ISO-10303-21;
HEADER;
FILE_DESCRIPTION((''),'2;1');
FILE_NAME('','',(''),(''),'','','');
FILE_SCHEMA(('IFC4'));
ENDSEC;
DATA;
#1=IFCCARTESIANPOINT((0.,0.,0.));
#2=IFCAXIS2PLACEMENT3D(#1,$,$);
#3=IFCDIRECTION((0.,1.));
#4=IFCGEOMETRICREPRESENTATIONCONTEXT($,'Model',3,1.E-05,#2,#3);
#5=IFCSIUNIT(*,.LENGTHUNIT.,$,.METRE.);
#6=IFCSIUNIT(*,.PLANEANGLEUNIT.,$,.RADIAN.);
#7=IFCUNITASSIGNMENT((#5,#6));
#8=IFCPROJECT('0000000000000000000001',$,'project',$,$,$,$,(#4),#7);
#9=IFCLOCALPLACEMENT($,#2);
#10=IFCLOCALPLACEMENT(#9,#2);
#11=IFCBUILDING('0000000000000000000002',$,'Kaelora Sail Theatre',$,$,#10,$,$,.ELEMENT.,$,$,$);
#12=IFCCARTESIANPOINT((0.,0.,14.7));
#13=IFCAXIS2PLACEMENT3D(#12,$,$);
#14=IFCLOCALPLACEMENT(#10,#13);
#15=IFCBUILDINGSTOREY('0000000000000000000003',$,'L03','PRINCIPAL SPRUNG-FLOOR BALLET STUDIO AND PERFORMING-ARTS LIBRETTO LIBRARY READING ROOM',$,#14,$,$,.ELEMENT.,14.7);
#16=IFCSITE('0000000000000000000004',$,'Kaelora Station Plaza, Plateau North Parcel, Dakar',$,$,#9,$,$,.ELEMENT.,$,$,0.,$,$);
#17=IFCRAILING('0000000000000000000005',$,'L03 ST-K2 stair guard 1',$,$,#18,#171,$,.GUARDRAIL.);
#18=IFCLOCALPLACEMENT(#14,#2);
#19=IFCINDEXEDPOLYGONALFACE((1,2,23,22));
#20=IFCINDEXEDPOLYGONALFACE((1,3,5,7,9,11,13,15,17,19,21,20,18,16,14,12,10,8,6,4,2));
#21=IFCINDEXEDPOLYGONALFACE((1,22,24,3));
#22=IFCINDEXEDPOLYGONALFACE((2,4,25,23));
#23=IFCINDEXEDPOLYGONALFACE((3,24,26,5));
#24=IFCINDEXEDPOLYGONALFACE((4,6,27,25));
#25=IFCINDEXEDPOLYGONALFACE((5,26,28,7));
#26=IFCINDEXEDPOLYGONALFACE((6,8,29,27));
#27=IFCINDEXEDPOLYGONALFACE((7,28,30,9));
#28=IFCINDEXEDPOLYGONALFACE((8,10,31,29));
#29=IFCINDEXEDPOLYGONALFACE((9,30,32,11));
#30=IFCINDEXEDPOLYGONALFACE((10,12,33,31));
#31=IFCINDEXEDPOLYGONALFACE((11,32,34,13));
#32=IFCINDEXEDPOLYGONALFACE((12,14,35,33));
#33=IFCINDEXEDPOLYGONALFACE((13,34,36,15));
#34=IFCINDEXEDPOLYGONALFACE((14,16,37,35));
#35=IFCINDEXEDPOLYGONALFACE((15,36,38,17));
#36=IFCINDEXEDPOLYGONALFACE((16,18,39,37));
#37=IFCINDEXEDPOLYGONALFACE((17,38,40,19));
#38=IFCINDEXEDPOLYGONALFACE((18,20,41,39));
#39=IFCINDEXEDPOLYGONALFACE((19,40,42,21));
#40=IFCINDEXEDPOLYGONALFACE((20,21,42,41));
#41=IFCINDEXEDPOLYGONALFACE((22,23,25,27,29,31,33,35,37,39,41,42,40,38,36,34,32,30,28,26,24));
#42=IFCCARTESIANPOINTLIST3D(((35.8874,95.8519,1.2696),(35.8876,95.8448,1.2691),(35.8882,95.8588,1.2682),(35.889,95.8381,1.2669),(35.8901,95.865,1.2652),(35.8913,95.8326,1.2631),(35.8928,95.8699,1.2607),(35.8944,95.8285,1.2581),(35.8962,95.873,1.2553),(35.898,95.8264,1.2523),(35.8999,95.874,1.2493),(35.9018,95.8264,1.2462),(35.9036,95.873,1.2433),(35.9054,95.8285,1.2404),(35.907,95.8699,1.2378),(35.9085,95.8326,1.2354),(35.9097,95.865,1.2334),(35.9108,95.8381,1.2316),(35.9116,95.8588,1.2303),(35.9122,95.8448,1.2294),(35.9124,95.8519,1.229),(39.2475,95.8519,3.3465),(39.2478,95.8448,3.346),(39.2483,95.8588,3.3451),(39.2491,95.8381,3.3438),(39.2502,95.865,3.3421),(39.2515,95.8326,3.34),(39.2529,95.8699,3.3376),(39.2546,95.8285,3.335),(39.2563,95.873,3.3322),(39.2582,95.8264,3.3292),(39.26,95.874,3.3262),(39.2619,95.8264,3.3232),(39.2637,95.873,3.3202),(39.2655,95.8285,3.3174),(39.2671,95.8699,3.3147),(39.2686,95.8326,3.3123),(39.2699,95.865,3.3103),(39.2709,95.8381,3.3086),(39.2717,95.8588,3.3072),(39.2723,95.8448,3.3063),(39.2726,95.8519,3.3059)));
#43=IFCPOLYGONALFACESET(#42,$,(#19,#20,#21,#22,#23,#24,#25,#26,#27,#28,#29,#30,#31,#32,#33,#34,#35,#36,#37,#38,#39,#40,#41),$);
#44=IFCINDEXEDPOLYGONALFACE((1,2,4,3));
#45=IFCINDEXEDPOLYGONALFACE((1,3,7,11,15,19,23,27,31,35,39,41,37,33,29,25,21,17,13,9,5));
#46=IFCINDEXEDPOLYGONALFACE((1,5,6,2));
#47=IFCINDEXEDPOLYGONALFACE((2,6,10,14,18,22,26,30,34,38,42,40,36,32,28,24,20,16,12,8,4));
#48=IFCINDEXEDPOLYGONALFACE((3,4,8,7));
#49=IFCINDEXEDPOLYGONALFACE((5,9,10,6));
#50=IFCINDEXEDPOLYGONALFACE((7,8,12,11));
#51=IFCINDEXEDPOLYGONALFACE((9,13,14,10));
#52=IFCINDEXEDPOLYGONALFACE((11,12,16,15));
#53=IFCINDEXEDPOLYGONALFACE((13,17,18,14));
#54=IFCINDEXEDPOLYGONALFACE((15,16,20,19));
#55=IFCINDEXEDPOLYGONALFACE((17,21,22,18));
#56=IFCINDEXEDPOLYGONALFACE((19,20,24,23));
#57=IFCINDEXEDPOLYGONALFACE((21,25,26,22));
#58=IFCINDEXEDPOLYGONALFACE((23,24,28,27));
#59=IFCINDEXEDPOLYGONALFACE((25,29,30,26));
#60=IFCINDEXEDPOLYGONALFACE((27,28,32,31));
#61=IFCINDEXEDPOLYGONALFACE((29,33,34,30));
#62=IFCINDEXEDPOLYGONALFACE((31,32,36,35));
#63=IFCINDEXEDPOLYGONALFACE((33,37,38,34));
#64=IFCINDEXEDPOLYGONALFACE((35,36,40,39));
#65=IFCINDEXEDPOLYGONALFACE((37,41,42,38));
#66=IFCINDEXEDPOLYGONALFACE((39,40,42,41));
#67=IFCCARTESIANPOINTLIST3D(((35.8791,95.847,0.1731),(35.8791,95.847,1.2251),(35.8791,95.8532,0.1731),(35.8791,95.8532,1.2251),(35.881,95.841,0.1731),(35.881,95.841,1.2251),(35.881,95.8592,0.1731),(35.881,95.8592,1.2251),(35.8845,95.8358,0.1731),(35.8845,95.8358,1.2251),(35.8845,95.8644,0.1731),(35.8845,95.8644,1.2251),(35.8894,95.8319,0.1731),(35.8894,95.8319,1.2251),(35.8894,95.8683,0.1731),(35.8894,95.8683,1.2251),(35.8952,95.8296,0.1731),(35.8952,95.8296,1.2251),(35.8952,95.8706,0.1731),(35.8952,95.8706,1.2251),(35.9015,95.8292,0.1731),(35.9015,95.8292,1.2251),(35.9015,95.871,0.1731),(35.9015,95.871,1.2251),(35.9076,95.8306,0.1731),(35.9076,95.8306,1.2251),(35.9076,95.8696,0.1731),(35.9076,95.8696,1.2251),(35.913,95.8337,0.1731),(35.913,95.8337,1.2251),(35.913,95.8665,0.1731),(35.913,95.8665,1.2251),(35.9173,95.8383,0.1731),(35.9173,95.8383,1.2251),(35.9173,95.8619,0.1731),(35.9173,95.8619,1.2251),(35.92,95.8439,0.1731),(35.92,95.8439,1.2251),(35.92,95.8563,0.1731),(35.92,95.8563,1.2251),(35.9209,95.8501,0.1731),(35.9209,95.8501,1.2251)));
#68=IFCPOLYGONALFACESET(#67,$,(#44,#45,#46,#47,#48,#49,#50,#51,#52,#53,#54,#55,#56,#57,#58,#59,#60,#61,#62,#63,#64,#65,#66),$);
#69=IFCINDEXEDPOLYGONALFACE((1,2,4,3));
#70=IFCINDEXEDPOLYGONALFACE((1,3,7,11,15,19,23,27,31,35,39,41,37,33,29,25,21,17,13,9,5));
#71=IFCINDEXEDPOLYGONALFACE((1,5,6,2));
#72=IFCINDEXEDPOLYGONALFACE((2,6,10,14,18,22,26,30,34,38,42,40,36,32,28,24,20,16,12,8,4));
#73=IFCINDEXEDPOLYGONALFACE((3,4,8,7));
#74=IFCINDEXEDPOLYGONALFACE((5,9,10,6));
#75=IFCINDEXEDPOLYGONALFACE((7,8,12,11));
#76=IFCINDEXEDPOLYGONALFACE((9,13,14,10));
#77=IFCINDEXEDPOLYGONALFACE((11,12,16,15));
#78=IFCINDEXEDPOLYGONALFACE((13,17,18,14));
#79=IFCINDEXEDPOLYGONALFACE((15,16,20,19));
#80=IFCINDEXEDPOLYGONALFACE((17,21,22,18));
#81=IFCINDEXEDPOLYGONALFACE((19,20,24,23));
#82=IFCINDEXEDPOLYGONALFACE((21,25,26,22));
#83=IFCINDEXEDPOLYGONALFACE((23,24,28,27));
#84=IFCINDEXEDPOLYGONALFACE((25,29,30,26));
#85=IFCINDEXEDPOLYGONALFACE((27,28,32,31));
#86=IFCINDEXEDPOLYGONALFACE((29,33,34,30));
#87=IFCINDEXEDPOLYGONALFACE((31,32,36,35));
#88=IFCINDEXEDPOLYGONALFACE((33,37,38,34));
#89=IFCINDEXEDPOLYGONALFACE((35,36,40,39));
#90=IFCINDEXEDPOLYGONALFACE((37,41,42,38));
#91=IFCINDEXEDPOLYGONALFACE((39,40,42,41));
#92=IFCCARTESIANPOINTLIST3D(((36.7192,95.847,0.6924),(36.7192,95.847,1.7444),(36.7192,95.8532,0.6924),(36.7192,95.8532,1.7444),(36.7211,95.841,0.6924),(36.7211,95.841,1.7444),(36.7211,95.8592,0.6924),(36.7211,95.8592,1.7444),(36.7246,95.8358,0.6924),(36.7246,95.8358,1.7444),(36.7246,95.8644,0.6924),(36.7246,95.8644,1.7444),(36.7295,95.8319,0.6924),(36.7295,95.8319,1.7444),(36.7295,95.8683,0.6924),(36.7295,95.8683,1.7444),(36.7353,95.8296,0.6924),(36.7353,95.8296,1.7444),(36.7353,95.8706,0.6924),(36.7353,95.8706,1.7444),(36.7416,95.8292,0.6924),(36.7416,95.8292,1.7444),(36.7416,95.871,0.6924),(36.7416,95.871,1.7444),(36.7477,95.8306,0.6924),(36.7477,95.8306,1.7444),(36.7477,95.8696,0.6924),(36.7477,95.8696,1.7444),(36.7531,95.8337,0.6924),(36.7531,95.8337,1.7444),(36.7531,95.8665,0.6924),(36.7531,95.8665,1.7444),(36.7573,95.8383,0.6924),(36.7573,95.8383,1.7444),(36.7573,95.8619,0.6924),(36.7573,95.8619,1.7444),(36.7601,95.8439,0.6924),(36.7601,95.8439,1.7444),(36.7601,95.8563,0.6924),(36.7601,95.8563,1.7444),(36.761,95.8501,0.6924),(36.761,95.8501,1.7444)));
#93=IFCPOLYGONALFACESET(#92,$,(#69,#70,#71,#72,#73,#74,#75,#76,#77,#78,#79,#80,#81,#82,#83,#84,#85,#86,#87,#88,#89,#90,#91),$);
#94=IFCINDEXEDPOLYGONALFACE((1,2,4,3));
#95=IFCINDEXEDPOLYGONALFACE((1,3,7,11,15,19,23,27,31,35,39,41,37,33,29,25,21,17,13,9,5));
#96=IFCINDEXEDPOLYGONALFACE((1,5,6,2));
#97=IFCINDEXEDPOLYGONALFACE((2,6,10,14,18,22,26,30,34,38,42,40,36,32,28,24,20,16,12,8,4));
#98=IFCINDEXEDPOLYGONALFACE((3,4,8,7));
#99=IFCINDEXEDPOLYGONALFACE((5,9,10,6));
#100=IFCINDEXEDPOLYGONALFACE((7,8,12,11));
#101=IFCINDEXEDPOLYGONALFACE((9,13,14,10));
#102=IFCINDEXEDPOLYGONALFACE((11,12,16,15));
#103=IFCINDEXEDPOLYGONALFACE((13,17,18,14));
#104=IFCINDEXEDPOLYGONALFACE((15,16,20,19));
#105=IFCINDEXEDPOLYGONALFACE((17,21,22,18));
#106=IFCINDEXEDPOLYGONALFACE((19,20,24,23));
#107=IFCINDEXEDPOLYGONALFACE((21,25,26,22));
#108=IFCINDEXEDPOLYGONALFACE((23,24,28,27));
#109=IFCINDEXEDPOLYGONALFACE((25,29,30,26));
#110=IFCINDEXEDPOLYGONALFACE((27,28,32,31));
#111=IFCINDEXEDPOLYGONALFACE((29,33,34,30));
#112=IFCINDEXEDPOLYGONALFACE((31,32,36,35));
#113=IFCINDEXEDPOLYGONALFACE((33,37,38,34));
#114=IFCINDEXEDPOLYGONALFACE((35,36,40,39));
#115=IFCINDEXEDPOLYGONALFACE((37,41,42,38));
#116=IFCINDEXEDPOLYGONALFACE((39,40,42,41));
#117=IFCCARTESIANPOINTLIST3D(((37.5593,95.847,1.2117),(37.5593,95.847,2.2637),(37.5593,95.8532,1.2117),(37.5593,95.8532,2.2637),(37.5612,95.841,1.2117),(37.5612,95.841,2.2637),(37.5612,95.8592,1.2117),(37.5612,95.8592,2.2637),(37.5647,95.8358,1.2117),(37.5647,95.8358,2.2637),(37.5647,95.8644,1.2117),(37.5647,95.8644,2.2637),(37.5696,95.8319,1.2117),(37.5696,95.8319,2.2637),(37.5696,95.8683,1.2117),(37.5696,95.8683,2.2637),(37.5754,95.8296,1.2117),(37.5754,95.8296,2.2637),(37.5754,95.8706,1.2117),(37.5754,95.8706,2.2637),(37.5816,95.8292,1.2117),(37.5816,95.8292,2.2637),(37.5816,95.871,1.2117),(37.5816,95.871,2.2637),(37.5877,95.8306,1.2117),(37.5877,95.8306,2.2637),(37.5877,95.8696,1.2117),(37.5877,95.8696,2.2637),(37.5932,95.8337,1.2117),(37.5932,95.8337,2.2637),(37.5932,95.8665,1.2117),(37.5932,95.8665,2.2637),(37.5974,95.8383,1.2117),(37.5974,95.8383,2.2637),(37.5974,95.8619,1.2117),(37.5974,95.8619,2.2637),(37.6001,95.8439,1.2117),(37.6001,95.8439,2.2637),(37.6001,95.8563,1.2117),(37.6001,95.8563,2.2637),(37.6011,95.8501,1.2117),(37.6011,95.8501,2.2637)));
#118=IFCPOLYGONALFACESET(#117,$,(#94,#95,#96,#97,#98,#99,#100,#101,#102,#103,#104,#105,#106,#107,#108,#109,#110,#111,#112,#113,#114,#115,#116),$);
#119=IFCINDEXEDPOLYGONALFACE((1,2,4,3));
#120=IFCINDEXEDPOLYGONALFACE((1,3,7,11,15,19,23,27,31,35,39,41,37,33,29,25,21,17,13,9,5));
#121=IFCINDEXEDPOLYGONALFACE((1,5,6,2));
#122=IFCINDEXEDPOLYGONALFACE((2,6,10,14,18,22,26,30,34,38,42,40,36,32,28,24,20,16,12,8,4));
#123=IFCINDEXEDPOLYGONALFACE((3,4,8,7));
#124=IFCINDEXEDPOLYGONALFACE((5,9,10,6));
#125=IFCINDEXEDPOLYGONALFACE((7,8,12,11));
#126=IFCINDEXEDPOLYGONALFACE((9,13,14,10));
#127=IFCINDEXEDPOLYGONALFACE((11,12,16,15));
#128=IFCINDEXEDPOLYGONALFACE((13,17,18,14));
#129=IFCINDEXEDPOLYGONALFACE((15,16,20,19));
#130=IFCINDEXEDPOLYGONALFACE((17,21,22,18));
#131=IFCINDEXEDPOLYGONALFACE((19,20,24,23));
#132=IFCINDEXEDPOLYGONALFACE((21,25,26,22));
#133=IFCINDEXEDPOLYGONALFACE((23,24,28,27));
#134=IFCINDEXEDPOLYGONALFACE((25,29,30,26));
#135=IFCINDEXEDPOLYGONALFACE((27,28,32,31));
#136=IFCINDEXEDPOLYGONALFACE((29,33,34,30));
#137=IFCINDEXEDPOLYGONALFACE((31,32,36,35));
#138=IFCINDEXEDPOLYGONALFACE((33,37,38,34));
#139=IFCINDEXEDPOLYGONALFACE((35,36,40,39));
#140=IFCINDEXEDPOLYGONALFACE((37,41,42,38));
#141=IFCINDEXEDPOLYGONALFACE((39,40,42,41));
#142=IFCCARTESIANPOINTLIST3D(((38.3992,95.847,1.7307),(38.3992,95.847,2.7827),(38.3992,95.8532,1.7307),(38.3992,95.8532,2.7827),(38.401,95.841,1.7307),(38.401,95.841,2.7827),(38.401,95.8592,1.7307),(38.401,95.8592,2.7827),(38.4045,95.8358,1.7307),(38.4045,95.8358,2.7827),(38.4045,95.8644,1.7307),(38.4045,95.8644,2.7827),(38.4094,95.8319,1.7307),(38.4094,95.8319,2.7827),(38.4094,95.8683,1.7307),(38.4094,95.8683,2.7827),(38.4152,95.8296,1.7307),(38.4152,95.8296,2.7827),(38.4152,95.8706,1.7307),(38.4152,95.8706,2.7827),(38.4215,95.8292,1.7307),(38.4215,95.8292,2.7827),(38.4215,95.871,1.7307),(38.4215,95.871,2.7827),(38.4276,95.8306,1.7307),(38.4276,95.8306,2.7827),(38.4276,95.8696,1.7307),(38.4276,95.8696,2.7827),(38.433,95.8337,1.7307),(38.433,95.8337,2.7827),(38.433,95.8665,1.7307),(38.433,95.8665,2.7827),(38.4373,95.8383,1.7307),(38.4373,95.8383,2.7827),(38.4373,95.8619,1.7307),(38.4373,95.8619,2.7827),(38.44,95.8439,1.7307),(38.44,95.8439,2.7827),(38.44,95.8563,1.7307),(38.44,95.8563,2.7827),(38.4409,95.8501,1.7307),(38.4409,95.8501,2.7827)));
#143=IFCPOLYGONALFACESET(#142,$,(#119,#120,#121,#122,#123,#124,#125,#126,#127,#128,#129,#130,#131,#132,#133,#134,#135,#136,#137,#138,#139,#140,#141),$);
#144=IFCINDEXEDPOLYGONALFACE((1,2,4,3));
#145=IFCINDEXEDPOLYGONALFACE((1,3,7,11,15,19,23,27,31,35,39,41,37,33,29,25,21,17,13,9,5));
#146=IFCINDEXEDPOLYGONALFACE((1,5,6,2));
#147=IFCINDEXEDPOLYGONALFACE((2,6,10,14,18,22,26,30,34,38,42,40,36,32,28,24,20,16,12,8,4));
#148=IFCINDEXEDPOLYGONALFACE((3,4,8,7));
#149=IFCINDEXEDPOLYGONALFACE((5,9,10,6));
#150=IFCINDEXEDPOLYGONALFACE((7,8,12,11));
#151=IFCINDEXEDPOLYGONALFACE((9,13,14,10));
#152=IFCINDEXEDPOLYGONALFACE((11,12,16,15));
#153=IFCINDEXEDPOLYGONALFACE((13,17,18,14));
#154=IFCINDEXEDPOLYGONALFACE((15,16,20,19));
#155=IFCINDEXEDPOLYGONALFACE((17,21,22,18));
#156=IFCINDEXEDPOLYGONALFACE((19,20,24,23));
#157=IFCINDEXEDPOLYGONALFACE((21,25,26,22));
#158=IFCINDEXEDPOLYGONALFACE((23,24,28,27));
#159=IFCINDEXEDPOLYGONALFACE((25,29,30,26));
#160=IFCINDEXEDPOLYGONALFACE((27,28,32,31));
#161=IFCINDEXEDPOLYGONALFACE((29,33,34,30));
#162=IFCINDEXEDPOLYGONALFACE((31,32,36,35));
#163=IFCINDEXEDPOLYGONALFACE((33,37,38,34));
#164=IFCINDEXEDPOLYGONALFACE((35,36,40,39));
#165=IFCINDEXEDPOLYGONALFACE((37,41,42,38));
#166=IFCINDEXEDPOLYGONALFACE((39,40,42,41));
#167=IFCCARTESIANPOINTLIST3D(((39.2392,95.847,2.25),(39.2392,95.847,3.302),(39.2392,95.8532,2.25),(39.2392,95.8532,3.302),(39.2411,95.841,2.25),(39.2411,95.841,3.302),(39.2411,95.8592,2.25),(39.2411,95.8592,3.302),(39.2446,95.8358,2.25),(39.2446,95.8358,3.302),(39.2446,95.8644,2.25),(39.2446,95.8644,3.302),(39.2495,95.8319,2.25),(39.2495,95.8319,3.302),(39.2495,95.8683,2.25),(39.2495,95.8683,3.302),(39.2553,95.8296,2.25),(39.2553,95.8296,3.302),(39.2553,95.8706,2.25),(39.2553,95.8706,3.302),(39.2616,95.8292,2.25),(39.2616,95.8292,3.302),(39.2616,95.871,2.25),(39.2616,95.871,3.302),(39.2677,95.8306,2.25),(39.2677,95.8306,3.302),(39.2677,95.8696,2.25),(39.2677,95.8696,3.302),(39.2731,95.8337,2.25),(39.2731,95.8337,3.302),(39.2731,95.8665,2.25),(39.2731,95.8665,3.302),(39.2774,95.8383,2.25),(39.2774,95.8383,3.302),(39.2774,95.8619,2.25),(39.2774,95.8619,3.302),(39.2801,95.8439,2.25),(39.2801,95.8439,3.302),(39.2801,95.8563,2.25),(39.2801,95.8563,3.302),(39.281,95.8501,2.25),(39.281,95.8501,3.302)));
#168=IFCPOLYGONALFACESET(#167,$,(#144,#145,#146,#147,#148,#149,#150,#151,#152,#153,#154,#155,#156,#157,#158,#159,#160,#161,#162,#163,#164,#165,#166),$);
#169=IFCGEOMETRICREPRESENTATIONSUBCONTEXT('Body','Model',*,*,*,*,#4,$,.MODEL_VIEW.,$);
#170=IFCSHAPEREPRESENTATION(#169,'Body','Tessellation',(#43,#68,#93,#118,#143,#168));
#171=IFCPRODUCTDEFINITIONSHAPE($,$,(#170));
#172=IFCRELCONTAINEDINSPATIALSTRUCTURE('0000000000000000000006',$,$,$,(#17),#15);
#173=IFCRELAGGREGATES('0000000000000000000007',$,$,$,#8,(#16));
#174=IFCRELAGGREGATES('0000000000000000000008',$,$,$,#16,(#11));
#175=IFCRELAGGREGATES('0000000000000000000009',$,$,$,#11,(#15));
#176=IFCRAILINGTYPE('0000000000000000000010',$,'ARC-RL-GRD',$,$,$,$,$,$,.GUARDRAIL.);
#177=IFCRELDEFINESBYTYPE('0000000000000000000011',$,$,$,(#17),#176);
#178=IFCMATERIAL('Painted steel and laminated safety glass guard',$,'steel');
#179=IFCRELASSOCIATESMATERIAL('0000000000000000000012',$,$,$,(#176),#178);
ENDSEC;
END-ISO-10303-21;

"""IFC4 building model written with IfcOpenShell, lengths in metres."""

from ifc_helpers import new_model, si_unit, direction, frame, origin, origin_2d, place, context, subcontext, project, spatial, circle, extrude, material, type_object, element, save


model = new_model("IFC4")

# Units and contexts
model_context = context("Model", 3, precision=1e-05, world=origin(), true_north=direction((0.0, 1.0)))
body_context = subcontext(model_context, "Body", "Model", "MODEL_VIEW")
ifc_project = project(units=[si_unit("LENGTHUNIT", "METRE"), si_unit("PLANEANGLEUNIT", "RADIAN")], contexts=[model_context])

# Site, building, storey
site_placement = place(None, origin())
site = spatial("IfcSite", under=ifc_project, at=site_placement, Name="Kaelora Station Plaza, Plateau North Parcel, Dakar", CompositionType="ELEMENT", RefElevation=0.0)
building_placement = place(site_placement, origin())
building = spatial("IfcBuilding", under=site, at=building_placement, Name="Kaelora Sail Theatre", CompositionType="ELEMENT")
storey_placement = place(building_placement, frame((0.0, 0.0, 14.7)))
storey = spatial("IfcBuildingStorey", under=building, at=storey_placement, Name="L03", Description="PRINCIPAL SPRUNG-FLOOR BALLET STUDIO AND PERFORMING-ARTS LIBRETTO LIBRARY READING ROOM", CompositionType="ELEMENT", Elevation=14.7)

# Railing
ifc_material_1 = material(Name="Painted steel and laminated safety glass guard", Category="steel")
railing_type_1 = type_object("IfcRailingType", Name="ARC-RL-GRD", PredefinedType="GUARDRAIL", material=ifc_material_1)
railing_1_placement = place(storey_placement, frame((35.8999, 95.8501, 0.1731)))
element("IfcRailing", 1, at=railing_1_placement, inside=storey, type_object=railing_type_1, Name="L03 ST-K2 stair guard 1", PredefinedType="GUARDRAIL", context=body_context, shape_type="SweptSolid", body=[
    extrude(circle(Radius=0.0239, at=origin_2d()), frame((0.0, 0.0, 1.0762), z_axis=(0.850623, 0.0, 0.525776), x_axis=(0.0, 1.0, 0.0)), (0.0, 0.0, 1.0), 3.9502),
    extrude(circle(Radius=0.021, at=origin_2d()), origin(), (0.0, 0.0, 1.0), 1.052),
    extrude(circle(Radius=0.021, at=origin_2d()), frame((0.8401, 0.0, 0.5193)), (0.0, 0.0, 1.0), 1.052),
    extrude(circle(Radius=0.021, at=origin_2d()), frame((1.6802, 0.0, 1.0386)), (0.0, 0.0, 1.0), 1.052),
    extrude(circle(Radius=0.021, at=origin_2d()), frame((2.52, 0.0, 1.5576)), (0.0, 0.0, 1.0), 1.052),
    extrude(circle(Radius=0.021, at=origin_2d()), frame((3.3601, 0.0, 2.0769)), (0.0, 0.0, 1.0), 1.052),
])

save(model, "model.ifc")
